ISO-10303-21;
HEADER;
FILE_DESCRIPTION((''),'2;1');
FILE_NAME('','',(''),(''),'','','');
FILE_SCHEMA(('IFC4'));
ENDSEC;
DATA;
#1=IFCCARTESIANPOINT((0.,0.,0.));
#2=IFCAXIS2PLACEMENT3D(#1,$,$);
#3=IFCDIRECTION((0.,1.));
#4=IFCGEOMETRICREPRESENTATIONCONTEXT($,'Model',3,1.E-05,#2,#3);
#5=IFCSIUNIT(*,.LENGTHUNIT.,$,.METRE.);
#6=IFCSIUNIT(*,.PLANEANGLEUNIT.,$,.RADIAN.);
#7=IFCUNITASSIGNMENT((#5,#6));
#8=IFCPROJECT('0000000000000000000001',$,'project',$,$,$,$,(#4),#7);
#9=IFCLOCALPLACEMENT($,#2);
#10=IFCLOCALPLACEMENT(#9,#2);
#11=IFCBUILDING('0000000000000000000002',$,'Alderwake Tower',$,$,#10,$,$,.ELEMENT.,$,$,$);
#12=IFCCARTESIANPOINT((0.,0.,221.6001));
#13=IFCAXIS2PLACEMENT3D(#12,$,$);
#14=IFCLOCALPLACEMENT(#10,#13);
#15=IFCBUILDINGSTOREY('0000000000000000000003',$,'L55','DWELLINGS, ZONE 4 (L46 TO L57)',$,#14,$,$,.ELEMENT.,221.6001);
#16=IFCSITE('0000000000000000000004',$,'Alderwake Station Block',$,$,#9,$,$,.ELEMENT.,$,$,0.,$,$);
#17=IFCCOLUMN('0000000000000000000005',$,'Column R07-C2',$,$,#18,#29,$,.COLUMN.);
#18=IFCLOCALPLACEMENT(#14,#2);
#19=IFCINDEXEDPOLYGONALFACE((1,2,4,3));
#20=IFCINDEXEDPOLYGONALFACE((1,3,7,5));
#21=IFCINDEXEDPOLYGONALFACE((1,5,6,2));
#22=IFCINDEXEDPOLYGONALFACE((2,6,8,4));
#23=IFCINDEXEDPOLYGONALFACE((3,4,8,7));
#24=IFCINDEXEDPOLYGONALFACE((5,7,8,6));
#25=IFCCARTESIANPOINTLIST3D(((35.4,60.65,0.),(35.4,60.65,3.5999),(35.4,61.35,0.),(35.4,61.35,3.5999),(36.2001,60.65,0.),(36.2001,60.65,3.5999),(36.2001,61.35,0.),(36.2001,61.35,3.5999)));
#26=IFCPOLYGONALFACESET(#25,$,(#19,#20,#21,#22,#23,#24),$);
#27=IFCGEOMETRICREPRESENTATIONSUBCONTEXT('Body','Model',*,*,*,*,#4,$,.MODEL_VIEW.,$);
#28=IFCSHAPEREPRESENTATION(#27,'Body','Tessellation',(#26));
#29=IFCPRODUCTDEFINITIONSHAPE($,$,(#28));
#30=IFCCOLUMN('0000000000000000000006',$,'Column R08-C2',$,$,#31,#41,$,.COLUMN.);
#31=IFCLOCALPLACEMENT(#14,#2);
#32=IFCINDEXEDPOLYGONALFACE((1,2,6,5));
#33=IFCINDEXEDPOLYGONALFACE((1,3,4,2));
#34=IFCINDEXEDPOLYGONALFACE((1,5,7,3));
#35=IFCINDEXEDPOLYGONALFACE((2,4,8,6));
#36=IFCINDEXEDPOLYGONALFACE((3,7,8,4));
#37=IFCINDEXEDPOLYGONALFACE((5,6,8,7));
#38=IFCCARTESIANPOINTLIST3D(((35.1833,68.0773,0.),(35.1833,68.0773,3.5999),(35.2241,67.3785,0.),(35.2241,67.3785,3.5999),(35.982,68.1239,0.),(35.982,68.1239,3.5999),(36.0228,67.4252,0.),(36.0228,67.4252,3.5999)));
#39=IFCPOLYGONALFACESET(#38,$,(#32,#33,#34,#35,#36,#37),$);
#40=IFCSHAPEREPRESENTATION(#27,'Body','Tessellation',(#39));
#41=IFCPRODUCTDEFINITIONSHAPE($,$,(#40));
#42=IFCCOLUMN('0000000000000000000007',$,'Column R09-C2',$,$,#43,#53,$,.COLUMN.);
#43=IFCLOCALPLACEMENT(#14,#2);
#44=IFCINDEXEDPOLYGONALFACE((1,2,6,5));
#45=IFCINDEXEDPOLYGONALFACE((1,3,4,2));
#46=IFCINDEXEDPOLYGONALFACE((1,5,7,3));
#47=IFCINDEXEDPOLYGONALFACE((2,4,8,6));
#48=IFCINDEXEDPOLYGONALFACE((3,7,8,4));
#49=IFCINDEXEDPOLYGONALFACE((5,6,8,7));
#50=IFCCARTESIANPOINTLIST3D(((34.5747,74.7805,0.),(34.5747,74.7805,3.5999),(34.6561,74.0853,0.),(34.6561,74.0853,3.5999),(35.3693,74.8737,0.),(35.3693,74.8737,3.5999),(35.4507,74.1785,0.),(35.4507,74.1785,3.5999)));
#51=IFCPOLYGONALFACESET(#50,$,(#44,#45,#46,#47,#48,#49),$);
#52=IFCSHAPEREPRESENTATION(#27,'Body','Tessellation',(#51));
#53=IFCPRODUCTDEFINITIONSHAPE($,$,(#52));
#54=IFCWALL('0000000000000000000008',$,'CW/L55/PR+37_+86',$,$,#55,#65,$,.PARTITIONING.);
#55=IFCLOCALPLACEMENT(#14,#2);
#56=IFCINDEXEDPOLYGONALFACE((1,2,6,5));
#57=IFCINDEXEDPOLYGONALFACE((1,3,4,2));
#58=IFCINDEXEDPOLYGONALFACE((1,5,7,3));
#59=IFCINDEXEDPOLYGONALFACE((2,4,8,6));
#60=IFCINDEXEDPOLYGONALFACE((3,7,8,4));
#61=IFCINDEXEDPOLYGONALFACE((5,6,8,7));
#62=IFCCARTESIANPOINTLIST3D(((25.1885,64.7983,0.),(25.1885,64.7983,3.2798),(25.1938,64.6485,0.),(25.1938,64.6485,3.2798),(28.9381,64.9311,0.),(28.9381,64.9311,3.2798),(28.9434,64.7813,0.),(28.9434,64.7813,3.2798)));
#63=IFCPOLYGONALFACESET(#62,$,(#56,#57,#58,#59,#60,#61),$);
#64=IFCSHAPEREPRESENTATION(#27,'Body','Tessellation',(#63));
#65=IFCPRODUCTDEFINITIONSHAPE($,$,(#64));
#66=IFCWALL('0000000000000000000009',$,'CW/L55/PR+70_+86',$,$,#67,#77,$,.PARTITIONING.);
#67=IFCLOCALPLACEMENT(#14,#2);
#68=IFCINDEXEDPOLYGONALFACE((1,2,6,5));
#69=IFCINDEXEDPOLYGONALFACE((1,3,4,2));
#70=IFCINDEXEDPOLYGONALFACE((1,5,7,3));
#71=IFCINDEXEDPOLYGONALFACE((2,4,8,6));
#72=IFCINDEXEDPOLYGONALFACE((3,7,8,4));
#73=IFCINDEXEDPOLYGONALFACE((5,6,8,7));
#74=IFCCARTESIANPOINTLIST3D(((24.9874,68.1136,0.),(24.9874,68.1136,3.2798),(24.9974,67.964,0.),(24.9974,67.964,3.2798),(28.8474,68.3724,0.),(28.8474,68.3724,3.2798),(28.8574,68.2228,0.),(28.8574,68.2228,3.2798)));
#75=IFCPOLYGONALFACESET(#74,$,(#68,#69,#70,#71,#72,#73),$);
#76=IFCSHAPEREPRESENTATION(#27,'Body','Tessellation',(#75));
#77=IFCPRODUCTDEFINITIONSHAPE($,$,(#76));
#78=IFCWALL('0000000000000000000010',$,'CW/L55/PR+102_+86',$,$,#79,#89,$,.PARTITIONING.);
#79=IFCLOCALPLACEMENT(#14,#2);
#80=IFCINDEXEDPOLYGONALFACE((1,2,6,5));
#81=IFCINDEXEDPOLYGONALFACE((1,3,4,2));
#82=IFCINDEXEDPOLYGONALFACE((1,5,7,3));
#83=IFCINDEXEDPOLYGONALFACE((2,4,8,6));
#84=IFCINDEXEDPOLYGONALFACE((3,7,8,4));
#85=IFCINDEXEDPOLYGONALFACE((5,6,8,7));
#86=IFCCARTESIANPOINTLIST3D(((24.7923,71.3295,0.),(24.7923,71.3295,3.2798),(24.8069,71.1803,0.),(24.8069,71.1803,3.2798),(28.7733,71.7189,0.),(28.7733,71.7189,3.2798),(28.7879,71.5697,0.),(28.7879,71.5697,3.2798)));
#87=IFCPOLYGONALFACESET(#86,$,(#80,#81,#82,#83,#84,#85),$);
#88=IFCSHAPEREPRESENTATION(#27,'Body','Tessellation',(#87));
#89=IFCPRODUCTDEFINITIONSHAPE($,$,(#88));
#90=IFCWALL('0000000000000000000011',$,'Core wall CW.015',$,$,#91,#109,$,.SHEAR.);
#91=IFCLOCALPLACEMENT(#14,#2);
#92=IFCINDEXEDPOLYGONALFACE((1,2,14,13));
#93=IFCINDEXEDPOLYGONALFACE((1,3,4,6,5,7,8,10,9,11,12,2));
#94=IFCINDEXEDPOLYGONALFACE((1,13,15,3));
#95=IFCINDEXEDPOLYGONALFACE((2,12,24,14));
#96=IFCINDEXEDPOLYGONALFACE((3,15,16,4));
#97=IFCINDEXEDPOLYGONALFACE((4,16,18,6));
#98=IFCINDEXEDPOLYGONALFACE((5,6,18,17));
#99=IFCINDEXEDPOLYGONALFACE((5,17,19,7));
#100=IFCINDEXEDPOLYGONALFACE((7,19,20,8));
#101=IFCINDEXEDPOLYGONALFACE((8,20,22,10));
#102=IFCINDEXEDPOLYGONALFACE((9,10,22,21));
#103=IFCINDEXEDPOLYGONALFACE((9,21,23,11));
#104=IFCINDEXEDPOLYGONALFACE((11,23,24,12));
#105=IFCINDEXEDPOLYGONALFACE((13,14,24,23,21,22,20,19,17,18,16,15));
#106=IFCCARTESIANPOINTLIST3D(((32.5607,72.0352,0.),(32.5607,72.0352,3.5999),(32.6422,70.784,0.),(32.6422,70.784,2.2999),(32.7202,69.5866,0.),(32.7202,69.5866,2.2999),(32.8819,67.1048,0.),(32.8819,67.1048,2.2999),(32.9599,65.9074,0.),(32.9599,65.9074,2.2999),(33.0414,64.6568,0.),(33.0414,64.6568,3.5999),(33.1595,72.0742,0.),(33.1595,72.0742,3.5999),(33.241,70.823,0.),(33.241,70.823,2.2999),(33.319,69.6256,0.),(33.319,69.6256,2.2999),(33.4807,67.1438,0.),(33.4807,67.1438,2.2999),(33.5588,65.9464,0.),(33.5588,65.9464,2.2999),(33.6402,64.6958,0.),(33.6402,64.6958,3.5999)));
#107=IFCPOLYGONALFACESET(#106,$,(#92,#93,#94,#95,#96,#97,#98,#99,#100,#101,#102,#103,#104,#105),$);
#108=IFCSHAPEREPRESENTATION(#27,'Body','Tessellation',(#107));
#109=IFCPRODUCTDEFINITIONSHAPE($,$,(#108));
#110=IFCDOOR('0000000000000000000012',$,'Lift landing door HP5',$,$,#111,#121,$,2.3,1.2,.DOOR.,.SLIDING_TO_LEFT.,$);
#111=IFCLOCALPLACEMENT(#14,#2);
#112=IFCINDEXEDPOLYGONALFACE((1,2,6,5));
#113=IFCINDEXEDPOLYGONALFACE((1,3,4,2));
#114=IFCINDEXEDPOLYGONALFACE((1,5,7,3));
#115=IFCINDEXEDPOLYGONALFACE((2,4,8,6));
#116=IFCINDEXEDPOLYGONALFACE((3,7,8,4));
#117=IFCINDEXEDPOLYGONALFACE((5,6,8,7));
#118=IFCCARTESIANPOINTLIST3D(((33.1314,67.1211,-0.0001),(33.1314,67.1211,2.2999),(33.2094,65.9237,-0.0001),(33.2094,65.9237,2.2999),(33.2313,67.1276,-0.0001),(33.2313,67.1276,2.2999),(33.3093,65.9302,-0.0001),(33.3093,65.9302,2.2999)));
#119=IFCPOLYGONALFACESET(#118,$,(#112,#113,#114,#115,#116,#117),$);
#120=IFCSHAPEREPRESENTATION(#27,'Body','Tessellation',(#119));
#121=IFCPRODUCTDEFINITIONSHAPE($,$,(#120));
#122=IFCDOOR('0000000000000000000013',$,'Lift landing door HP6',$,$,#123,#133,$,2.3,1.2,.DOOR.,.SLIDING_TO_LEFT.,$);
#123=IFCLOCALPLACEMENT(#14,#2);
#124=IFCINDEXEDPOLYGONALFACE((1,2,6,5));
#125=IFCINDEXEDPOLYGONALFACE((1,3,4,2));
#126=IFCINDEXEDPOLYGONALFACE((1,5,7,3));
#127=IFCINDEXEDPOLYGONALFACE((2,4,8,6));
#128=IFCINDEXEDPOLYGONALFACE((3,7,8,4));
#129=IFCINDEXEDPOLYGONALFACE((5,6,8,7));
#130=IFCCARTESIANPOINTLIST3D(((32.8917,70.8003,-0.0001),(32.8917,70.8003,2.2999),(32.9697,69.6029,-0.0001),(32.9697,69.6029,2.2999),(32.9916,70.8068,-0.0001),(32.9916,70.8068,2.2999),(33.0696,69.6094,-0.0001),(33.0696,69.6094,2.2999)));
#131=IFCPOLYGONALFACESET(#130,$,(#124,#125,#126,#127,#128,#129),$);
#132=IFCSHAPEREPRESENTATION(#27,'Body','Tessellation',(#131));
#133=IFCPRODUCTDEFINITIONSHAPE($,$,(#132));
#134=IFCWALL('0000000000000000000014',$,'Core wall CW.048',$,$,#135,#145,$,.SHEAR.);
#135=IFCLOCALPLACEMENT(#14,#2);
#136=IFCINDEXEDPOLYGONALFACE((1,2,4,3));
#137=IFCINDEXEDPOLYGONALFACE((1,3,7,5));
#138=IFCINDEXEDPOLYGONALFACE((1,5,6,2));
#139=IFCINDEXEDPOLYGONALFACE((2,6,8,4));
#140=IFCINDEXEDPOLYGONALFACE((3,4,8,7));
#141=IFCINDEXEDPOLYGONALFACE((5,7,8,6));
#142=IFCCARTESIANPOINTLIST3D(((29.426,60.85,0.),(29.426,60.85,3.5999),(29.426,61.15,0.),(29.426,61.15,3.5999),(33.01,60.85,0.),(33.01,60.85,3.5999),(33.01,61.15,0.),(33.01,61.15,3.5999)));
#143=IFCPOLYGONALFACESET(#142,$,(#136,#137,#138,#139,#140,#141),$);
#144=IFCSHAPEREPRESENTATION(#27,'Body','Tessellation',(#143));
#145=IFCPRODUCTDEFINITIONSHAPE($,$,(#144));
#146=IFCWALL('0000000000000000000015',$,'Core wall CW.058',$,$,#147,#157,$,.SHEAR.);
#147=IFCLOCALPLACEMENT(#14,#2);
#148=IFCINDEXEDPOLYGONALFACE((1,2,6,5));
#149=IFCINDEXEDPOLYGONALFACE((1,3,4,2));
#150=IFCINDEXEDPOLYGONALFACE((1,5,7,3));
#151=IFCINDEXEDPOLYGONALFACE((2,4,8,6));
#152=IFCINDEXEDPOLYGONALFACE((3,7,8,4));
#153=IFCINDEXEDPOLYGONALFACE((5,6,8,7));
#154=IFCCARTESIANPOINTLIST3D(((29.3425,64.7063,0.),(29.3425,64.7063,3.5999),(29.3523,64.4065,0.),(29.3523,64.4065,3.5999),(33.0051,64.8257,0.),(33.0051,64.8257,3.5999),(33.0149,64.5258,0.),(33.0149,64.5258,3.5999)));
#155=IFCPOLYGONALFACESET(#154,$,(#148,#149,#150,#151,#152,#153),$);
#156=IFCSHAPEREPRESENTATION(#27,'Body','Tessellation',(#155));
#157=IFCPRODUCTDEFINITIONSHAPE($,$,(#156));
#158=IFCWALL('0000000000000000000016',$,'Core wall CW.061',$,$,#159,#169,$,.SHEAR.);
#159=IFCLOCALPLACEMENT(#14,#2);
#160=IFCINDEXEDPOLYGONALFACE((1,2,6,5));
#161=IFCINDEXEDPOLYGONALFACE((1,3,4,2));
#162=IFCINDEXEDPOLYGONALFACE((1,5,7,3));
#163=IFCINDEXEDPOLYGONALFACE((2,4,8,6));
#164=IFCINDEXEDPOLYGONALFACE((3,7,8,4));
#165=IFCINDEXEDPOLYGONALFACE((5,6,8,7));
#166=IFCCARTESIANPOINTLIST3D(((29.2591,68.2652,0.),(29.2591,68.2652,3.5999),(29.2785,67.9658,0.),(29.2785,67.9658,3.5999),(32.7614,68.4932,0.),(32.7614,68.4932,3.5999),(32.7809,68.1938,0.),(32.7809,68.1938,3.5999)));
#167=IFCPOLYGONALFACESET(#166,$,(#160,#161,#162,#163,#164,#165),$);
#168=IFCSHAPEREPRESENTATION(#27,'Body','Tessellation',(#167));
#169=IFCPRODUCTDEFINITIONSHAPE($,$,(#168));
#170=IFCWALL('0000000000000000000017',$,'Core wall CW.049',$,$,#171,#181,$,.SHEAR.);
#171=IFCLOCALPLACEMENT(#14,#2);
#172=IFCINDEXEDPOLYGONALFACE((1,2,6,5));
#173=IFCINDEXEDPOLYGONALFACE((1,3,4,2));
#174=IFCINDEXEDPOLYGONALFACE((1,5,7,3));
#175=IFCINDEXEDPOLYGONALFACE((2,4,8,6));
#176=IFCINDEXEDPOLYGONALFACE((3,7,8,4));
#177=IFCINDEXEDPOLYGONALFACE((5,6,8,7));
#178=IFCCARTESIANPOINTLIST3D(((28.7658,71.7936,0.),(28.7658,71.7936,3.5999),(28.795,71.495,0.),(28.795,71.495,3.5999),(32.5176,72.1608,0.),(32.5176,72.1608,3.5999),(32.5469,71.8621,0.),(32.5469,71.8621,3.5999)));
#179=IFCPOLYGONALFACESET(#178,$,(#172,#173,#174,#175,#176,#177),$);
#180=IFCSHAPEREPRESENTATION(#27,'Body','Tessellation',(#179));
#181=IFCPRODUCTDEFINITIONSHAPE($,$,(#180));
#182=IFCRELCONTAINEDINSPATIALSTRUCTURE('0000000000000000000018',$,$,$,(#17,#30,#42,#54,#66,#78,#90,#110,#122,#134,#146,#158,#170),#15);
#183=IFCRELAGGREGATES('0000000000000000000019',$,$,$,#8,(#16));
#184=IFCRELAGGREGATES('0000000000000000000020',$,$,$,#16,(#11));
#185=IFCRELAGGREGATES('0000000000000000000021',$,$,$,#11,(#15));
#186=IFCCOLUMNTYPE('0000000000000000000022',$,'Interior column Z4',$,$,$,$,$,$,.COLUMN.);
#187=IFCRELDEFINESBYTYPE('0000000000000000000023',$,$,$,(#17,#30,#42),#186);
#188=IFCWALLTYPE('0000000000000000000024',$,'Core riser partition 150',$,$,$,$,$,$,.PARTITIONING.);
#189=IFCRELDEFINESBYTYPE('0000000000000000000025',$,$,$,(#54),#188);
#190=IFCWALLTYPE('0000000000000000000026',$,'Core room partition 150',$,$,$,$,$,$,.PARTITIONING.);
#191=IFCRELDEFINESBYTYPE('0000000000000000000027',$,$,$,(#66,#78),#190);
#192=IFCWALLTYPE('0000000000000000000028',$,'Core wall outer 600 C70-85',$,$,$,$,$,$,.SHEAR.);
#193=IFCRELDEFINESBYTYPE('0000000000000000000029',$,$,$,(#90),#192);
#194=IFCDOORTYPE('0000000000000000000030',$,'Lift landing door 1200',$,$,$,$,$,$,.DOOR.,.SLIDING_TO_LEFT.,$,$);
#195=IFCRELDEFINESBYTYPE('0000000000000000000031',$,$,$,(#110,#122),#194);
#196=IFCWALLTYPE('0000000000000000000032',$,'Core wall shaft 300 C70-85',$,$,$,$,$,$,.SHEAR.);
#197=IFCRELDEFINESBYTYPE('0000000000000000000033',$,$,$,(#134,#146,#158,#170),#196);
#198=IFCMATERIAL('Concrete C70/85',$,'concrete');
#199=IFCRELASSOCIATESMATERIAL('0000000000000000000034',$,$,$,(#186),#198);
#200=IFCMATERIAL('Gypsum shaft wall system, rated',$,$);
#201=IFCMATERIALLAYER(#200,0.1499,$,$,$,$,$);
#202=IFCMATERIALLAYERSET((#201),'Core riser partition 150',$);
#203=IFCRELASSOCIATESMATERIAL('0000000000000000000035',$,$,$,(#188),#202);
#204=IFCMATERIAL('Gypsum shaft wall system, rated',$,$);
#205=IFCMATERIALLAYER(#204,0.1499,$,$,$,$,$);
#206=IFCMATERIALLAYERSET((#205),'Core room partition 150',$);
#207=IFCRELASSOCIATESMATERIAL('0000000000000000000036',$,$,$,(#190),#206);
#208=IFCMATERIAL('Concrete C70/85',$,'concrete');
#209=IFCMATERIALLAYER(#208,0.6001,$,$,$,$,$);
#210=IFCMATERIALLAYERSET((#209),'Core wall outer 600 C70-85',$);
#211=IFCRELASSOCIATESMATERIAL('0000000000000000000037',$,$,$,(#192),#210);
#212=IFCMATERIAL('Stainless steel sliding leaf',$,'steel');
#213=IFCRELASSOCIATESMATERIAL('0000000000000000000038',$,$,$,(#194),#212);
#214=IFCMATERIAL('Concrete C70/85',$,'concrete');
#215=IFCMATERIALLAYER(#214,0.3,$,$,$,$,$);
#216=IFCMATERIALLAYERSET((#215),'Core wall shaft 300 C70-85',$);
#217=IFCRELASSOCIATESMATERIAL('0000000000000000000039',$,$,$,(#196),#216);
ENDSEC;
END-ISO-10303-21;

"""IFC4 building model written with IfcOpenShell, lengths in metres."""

from ifc_helpers import new_model, si_unit, direction, frame, frame_2d, origin, origin_2d, place, context, subcontext, project, spatial, rectangle, extrude, material, layer, layer_set, material_profile, profile_set, type_object, element, fill, save


model = new_model("IFC4")

# Units and contexts
model_context = context("Model", 3, precision=1e-05, world=origin(), true_north=direction((0.0, 1.0)))
body_context = subcontext(model_context, "Body", "Model", "MODEL_VIEW")
ifc_project = project(units=[si_unit("LENGTHUNIT", "METRE"), si_unit("PLANEANGLEUNIT", "RADIAN")], contexts=[model_context])

# Site, building, storey
site_placement = place(None, origin())
site = spatial("IfcSite", under=ifc_project, at=site_placement, Name="Alderwake Station Block", CompositionType="ELEMENT", RefElevation=0.0)
building_placement = place(site_placement, origin())
building = spatial("IfcBuilding", under=site, at=building_placement, Name="Alderwake Tower", CompositionType="ELEMENT")
storey_placement = place(building_placement, frame((0.0, 0.0, 221.6001)))
storey = spatial("IfcBuildingStorey", under=building, at=storey_placement, Name="L55", Description="DWELLINGS, ZONE 4 (L46 TO L57)", CompositionType="ELEMENT", Elevation=221.6001)

# Columns
ifc_material_1 = material(Name="Concrete C70/85", Category="concrete")
ifc_material_profile = material_profile(ifc_material_1, rectangle(XDim=0.7, YDim=0.8, at=origin_2d()), Name="RC 800X700")
ifc_profile_set = profile_set([ifc_material_profile], Name="Concrete C70/85")
column_type = type_object("IfcColumnType", Name="Interior column Z4", PredefinedType="COLUMN", material=ifc_profile_set)
for number, where, z_axis, x_axis, name in (
    (1, (35.8, 61.0, 0.0), (0.0, 0.0, 1.0), (0.0, 1.0, 0.0), "Column R07-C2"),
    (2, (35.603, 67.7512, 0.0), (0.0, 0.0, 1.0), (-0.058301, 0.998299, 0.0), "Column R08-C2"),
    (3, (35.0127, 74.4795, 0.0), (0.0, 0.0, 1.0), (-0.116402, 0.993202, 0.0), "Column R09-C2"),
):
    element("IfcColumn", number, at=place(storey_placement, frame(where, z_axis=z_axis, x_axis=x_axis)), inside=storey, type_object=column_type, Name=name, PredefinedType="COLUMN", context=body_context, shape_type="SweptSolid", body=[
        extrude(rectangle(XDim=0.7, YDim=0.8, at=origin_2d()), origin(), (0.0, 0.0, 1.0), 3.5999),
    ])

# Walls
ifc_material_2 = material(Name="Gypsum shaft wall system, rated")
ifc_layer_1 = layer(ifc_material_2, 0.1499)
ifc_layer_set_1 = layer_set([ifc_layer_1], Name="Core riser partition 150")
wall_type_1 = type_object("IfcWallType", Name="Core riser partition 150", PredefinedType="PARTITIONING", material=ifc_layer_set_1)
wall_1_placement = place(storey_placement, frame((25.1912, 64.7234, 0.0), z_axis=(0.0, 0.0, 1.0), x_axis=(0.999373, 0.035399, 0.0)))
element("IfcWall", 4, at=wall_1_placement, inside=storey, type_object=wall_type_1, Name="CW/L55/PR+37_+86", PredefinedType="PARTITIONING", context=body_context, shape_type="SweptSolid", body=[
    extrude(rectangle(XDim=3.752, YDim=0.1499, at=frame_2d((1.876, 0.0))), origin(), (0.0, 0.0, 1.0), 3.2798),
])
ifc_material_3 = material(Name="Gypsum shaft wall system, rated")
ifc_layer_2 = layer(ifc_material_3, 0.1499)
ifc_layer_set_2 = layer_set([ifc_layer_2], Name="Core room partition 150")
wall_type_2 = type_object("IfcWallType", Name="Core room partition 150", PredefinedType="PARTITIONING", material=ifc_layer_set_2)
wall_2_placement = place(storey_placement, frame((24.9924, 68.0388, 0.0), z_axis=(0.0, 0.0, 1.0), x_axis=(0.99776, 0.066892, 0.0)))
element("IfcWall", 5, at=wall_2_placement, inside=storey, type_object=wall_type_2, Name="CW/L55/PR+70_+86", PredefinedType="PARTITIONING", context=body_context, shape_type="SweptSolid", body=[
    extrude(rectangle(XDim=3.8687, YDim=0.1499, at=frame_2d((1.9343, 0.0))), origin(), (0.0, 0.0, 1.0), 3.2798),
])
wall_3_placement = place(storey_placement, frame((24.7996, 71.2549, 0.0), z_axis=(0.0, 0.0, 1.0), x_axis=(0.99525, 0.097352, 0.0)))
element("IfcWall", 6, at=wall_3_placement, inside=storey, type_object=wall_type_2, Name="CW/L55/PR+102_+86", PredefinedType="PARTITIONING", context=body_context, shape_type="SweptSolid", body=[
    extrude(rectangle(XDim=4.0, YDim=0.1499, at=frame_2d((2.0, 0.0))), origin(), (0.0, 0.0, 1.0), 3.2798),
])

# Wall, openings, doors
ifc_material_4 = material(Name="Concrete C70/85", Category="concrete")
ifc_layer_3 = layer(ifc_material_4, 0.6001)
ifc_layer_set_3 = layer_set([ifc_layer_3], Name="Core wall outer 600 C70-85")
wall_type_3 = type_object("IfcWallType", Name="Core wall outer 600 C70-85", PredefinedType="SHEAR", material=ifc_layer_set_3)
wall_4_placement = place(storey_placement, frame((33.3408, 64.6763, 0.0), z_axis=(0.0, 0.0, 1.0), x_axis=(-0.065013, 0.997884, 0.0)))
wall_4 = element("IfcWall", 7, at=wall_4_placement, inside=storey, type_object=wall_type_3, Name="Core wall CW.015", PredefinedType="SHEAR", context=body_context, shape_type="SweptSolid", body=[
    extrude(rectangle(XDim=7.394, YDim=0.6001, at=frame_2d((3.697, 0.0))), origin(), (0.0, 0.0, 1.0), 3.5999),
])
opening_1_placement = place(wall_4_placement, frame((1.2532, 0.0, 0.0)))
opening_1 = element("IfcOpeningElement", 8, at=opening_1_placement, cuts=wall_4, PredefinedType="OPENING", context=body_context, shape_type="SweptSolid", body=[
    extrude(rectangle(XDim=1.2, YDim=2.3, at=frame_2d((0.6001, 1.1499))), frame((0.0, 0.3101, 0.0), z_axis=(0.0, -1.0, 0.0), x_axis=(1.0, 0.0, 0.0)), (0.0, 0.0, 1.0), 0.6201),
])
opening_2_placement = place(wall_4_placement, frame((4.9402, 0.0, 0.0)))
opening_2 = element("IfcOpeningElement", 9, at=opening_2_placement, cuts=wall_4, PredefinedType="OPENING", context=body_context, shape_type="SweptSolid", body=[
    extrude(rectangle(XDim=1.2, YDim=2.3, at=frame_2d((0.6001, 1.1499))), frame((0.0, 0.3101, 0.0), z_axis=(0.0, -1.0, 0.0), x_axis=(1.0, 0.0, 0.0)), (0.0, 0.0, 1.0), 0.6201),
])
ifc_material_5 = material(Name="Stainless steel sliding leaf", Category="steel")
door_type_1 = type_object("IfcDoorType", Name="Lift landing door 1200", OperationType="SLIDING_TO_LEFT", PredefinedType="DOOR", material=ifc_material_5)
door_1_placement = place(opening_1_placement, origin())
door_1 = element("IfcDoor", 10, at=door_1_placement, inside=storey, type_object=door_type_1, Name="Lift landing door HP5", OperationType="SLIDING_TO_LEFT", OverallHeight=2.3, OverallWidth=1.2, PredefinedType="DOOR", context=body_context, shape_type="SweptSolid", body=[
    extrude(rectangle(XDim=1.2, YDim=2.3, at=frame_2d((0.6001, 1.1499))), frame((0.0, 0.05, 0.0), z_axis=(0.0, -1.0, 0.0), x_axis=(1.0, 0.0, 0.0)), (0.0, 0.0, 1.0), 0.1001),
])
fill(opening_1, door_1)
door_2_placement = place(opening_2_placement, origin())
door_2 = element("IfcDoor", 11, at=door_2_placement, inside=storey, type_object=door_type_1, Name="Lift landing door HP6", OperationType="SLIDING_TO_LEFT", OverallHeight=2.3, OverallWidth=1.2, PredefinedType="DOOR", context=body_context, shape_type="SweptSolid", body=[
    extrude(rectangle(XDim=1.2, YDim=2.3, at=frame_2d((0.6001, 1.1499))), frame((0.0, 0.05, 0.0), z_axis=(0.0, -1.0, 0.0), x_axis=(1.0, 0.0, 0.0)), (0.0, 0.0, 1.0), 0.1001),
])
fill(opening_2, door_2)

# Walls
ifc_material_6 = material(Name="Concrete C70/85", Category="concrete")
ifc_layer_4 = layer(ifc_material_6, 0.3)
ifc_layer_set_4 = layer_set([ifc_layer_4], Name="Core wall shaft 300 C70-85")
wall_type_4 = type_object("IfcWallType", Name="Core wall shaft 300 C70-85", PredefinedType="SHEAR", material=ifc_layer_set_4)
wall_5_placement = place(storey_placement, frame((29.426, 61.0, 0.0), z_axis=(0.0, 0.0, 1.0), x_axis=(1.0, 0.0, 0.0)))
element("IfcWall", 12, at=wall_5_placement, inside=storey, type_object=wall_type_4, Name="Core wall CW.048", PredefinedType="SHEAR", context=body_context, shape_type="SweptSolid", body=[
    extrude(rectangle(XDim=3.584, YDim=0.3, at=frame_2d((1.792, 0.0))), origin(), (0.0, 0.0, 1.0), 3.5999),
])
wall_6_placement = place(storey_placement, frame((29.3474, 64.5564, 0.0), z_axis=(0.0, 0.0, 1.0), x_axis=(0.999469, 0.032578, 0.0)))
element("IfcWall", 13, at=wall_6_placement, inside=storey, type_object=wall_type_4, Name="Core wall CW.058", PredefinedType="SHEAR", context=body_context, shape_type="SweptSolid", body=[
    extrude(rectangle(XDim=3.6646, YDim=0.3, at=frame_2d((1.8323, 0.0))), origin(), (0.0, 0.0, 1.0), 3.5999),
])
wall_7_placement = place(storey_placement, frame((29.2688, 68.1155, 0.0), z_axis=(0.0, 0.0, 1.0), x_axis=(0.997887, 0.064968, 0.0)))
element("IfcWall", 14, at=wall_7_placement, inside=storey, type_object=wall_type_4, Name="Core wall CW.061", PredefinedType="SHEAR", context=body_context, shape_type="SweptSolid", body=[
    extrude(rectangle(XDim=3.5098, YDim=0.3, at=frame_2d((1.7549, 0.0))), origin(), (0.0, 0.0, 1.0), 3.5999),
])
wall_8_placement = place(storey_placement, frame((28.7805, 71.6443, 0.0), z_axis=(0.0, 0.0, 1.0), x_axis=(0.995245, 0.0974, 0.0)))
element("IfcWall", 15, at=wall_8_placement, inside=storey, type_object=wall_type_4, Name="Core wall CW.049", PredefinedType="SHEAR", context=body_context, shape_type="SweptSolid", body=[
    extrude(rectangle(XDim=3.7698, YDim=0.3, at=frame_2d((1.8848, 0.0))), origin(), (0.0, 0.0, 1.0), 3.5999),
])

save(model, "model.ifc")
